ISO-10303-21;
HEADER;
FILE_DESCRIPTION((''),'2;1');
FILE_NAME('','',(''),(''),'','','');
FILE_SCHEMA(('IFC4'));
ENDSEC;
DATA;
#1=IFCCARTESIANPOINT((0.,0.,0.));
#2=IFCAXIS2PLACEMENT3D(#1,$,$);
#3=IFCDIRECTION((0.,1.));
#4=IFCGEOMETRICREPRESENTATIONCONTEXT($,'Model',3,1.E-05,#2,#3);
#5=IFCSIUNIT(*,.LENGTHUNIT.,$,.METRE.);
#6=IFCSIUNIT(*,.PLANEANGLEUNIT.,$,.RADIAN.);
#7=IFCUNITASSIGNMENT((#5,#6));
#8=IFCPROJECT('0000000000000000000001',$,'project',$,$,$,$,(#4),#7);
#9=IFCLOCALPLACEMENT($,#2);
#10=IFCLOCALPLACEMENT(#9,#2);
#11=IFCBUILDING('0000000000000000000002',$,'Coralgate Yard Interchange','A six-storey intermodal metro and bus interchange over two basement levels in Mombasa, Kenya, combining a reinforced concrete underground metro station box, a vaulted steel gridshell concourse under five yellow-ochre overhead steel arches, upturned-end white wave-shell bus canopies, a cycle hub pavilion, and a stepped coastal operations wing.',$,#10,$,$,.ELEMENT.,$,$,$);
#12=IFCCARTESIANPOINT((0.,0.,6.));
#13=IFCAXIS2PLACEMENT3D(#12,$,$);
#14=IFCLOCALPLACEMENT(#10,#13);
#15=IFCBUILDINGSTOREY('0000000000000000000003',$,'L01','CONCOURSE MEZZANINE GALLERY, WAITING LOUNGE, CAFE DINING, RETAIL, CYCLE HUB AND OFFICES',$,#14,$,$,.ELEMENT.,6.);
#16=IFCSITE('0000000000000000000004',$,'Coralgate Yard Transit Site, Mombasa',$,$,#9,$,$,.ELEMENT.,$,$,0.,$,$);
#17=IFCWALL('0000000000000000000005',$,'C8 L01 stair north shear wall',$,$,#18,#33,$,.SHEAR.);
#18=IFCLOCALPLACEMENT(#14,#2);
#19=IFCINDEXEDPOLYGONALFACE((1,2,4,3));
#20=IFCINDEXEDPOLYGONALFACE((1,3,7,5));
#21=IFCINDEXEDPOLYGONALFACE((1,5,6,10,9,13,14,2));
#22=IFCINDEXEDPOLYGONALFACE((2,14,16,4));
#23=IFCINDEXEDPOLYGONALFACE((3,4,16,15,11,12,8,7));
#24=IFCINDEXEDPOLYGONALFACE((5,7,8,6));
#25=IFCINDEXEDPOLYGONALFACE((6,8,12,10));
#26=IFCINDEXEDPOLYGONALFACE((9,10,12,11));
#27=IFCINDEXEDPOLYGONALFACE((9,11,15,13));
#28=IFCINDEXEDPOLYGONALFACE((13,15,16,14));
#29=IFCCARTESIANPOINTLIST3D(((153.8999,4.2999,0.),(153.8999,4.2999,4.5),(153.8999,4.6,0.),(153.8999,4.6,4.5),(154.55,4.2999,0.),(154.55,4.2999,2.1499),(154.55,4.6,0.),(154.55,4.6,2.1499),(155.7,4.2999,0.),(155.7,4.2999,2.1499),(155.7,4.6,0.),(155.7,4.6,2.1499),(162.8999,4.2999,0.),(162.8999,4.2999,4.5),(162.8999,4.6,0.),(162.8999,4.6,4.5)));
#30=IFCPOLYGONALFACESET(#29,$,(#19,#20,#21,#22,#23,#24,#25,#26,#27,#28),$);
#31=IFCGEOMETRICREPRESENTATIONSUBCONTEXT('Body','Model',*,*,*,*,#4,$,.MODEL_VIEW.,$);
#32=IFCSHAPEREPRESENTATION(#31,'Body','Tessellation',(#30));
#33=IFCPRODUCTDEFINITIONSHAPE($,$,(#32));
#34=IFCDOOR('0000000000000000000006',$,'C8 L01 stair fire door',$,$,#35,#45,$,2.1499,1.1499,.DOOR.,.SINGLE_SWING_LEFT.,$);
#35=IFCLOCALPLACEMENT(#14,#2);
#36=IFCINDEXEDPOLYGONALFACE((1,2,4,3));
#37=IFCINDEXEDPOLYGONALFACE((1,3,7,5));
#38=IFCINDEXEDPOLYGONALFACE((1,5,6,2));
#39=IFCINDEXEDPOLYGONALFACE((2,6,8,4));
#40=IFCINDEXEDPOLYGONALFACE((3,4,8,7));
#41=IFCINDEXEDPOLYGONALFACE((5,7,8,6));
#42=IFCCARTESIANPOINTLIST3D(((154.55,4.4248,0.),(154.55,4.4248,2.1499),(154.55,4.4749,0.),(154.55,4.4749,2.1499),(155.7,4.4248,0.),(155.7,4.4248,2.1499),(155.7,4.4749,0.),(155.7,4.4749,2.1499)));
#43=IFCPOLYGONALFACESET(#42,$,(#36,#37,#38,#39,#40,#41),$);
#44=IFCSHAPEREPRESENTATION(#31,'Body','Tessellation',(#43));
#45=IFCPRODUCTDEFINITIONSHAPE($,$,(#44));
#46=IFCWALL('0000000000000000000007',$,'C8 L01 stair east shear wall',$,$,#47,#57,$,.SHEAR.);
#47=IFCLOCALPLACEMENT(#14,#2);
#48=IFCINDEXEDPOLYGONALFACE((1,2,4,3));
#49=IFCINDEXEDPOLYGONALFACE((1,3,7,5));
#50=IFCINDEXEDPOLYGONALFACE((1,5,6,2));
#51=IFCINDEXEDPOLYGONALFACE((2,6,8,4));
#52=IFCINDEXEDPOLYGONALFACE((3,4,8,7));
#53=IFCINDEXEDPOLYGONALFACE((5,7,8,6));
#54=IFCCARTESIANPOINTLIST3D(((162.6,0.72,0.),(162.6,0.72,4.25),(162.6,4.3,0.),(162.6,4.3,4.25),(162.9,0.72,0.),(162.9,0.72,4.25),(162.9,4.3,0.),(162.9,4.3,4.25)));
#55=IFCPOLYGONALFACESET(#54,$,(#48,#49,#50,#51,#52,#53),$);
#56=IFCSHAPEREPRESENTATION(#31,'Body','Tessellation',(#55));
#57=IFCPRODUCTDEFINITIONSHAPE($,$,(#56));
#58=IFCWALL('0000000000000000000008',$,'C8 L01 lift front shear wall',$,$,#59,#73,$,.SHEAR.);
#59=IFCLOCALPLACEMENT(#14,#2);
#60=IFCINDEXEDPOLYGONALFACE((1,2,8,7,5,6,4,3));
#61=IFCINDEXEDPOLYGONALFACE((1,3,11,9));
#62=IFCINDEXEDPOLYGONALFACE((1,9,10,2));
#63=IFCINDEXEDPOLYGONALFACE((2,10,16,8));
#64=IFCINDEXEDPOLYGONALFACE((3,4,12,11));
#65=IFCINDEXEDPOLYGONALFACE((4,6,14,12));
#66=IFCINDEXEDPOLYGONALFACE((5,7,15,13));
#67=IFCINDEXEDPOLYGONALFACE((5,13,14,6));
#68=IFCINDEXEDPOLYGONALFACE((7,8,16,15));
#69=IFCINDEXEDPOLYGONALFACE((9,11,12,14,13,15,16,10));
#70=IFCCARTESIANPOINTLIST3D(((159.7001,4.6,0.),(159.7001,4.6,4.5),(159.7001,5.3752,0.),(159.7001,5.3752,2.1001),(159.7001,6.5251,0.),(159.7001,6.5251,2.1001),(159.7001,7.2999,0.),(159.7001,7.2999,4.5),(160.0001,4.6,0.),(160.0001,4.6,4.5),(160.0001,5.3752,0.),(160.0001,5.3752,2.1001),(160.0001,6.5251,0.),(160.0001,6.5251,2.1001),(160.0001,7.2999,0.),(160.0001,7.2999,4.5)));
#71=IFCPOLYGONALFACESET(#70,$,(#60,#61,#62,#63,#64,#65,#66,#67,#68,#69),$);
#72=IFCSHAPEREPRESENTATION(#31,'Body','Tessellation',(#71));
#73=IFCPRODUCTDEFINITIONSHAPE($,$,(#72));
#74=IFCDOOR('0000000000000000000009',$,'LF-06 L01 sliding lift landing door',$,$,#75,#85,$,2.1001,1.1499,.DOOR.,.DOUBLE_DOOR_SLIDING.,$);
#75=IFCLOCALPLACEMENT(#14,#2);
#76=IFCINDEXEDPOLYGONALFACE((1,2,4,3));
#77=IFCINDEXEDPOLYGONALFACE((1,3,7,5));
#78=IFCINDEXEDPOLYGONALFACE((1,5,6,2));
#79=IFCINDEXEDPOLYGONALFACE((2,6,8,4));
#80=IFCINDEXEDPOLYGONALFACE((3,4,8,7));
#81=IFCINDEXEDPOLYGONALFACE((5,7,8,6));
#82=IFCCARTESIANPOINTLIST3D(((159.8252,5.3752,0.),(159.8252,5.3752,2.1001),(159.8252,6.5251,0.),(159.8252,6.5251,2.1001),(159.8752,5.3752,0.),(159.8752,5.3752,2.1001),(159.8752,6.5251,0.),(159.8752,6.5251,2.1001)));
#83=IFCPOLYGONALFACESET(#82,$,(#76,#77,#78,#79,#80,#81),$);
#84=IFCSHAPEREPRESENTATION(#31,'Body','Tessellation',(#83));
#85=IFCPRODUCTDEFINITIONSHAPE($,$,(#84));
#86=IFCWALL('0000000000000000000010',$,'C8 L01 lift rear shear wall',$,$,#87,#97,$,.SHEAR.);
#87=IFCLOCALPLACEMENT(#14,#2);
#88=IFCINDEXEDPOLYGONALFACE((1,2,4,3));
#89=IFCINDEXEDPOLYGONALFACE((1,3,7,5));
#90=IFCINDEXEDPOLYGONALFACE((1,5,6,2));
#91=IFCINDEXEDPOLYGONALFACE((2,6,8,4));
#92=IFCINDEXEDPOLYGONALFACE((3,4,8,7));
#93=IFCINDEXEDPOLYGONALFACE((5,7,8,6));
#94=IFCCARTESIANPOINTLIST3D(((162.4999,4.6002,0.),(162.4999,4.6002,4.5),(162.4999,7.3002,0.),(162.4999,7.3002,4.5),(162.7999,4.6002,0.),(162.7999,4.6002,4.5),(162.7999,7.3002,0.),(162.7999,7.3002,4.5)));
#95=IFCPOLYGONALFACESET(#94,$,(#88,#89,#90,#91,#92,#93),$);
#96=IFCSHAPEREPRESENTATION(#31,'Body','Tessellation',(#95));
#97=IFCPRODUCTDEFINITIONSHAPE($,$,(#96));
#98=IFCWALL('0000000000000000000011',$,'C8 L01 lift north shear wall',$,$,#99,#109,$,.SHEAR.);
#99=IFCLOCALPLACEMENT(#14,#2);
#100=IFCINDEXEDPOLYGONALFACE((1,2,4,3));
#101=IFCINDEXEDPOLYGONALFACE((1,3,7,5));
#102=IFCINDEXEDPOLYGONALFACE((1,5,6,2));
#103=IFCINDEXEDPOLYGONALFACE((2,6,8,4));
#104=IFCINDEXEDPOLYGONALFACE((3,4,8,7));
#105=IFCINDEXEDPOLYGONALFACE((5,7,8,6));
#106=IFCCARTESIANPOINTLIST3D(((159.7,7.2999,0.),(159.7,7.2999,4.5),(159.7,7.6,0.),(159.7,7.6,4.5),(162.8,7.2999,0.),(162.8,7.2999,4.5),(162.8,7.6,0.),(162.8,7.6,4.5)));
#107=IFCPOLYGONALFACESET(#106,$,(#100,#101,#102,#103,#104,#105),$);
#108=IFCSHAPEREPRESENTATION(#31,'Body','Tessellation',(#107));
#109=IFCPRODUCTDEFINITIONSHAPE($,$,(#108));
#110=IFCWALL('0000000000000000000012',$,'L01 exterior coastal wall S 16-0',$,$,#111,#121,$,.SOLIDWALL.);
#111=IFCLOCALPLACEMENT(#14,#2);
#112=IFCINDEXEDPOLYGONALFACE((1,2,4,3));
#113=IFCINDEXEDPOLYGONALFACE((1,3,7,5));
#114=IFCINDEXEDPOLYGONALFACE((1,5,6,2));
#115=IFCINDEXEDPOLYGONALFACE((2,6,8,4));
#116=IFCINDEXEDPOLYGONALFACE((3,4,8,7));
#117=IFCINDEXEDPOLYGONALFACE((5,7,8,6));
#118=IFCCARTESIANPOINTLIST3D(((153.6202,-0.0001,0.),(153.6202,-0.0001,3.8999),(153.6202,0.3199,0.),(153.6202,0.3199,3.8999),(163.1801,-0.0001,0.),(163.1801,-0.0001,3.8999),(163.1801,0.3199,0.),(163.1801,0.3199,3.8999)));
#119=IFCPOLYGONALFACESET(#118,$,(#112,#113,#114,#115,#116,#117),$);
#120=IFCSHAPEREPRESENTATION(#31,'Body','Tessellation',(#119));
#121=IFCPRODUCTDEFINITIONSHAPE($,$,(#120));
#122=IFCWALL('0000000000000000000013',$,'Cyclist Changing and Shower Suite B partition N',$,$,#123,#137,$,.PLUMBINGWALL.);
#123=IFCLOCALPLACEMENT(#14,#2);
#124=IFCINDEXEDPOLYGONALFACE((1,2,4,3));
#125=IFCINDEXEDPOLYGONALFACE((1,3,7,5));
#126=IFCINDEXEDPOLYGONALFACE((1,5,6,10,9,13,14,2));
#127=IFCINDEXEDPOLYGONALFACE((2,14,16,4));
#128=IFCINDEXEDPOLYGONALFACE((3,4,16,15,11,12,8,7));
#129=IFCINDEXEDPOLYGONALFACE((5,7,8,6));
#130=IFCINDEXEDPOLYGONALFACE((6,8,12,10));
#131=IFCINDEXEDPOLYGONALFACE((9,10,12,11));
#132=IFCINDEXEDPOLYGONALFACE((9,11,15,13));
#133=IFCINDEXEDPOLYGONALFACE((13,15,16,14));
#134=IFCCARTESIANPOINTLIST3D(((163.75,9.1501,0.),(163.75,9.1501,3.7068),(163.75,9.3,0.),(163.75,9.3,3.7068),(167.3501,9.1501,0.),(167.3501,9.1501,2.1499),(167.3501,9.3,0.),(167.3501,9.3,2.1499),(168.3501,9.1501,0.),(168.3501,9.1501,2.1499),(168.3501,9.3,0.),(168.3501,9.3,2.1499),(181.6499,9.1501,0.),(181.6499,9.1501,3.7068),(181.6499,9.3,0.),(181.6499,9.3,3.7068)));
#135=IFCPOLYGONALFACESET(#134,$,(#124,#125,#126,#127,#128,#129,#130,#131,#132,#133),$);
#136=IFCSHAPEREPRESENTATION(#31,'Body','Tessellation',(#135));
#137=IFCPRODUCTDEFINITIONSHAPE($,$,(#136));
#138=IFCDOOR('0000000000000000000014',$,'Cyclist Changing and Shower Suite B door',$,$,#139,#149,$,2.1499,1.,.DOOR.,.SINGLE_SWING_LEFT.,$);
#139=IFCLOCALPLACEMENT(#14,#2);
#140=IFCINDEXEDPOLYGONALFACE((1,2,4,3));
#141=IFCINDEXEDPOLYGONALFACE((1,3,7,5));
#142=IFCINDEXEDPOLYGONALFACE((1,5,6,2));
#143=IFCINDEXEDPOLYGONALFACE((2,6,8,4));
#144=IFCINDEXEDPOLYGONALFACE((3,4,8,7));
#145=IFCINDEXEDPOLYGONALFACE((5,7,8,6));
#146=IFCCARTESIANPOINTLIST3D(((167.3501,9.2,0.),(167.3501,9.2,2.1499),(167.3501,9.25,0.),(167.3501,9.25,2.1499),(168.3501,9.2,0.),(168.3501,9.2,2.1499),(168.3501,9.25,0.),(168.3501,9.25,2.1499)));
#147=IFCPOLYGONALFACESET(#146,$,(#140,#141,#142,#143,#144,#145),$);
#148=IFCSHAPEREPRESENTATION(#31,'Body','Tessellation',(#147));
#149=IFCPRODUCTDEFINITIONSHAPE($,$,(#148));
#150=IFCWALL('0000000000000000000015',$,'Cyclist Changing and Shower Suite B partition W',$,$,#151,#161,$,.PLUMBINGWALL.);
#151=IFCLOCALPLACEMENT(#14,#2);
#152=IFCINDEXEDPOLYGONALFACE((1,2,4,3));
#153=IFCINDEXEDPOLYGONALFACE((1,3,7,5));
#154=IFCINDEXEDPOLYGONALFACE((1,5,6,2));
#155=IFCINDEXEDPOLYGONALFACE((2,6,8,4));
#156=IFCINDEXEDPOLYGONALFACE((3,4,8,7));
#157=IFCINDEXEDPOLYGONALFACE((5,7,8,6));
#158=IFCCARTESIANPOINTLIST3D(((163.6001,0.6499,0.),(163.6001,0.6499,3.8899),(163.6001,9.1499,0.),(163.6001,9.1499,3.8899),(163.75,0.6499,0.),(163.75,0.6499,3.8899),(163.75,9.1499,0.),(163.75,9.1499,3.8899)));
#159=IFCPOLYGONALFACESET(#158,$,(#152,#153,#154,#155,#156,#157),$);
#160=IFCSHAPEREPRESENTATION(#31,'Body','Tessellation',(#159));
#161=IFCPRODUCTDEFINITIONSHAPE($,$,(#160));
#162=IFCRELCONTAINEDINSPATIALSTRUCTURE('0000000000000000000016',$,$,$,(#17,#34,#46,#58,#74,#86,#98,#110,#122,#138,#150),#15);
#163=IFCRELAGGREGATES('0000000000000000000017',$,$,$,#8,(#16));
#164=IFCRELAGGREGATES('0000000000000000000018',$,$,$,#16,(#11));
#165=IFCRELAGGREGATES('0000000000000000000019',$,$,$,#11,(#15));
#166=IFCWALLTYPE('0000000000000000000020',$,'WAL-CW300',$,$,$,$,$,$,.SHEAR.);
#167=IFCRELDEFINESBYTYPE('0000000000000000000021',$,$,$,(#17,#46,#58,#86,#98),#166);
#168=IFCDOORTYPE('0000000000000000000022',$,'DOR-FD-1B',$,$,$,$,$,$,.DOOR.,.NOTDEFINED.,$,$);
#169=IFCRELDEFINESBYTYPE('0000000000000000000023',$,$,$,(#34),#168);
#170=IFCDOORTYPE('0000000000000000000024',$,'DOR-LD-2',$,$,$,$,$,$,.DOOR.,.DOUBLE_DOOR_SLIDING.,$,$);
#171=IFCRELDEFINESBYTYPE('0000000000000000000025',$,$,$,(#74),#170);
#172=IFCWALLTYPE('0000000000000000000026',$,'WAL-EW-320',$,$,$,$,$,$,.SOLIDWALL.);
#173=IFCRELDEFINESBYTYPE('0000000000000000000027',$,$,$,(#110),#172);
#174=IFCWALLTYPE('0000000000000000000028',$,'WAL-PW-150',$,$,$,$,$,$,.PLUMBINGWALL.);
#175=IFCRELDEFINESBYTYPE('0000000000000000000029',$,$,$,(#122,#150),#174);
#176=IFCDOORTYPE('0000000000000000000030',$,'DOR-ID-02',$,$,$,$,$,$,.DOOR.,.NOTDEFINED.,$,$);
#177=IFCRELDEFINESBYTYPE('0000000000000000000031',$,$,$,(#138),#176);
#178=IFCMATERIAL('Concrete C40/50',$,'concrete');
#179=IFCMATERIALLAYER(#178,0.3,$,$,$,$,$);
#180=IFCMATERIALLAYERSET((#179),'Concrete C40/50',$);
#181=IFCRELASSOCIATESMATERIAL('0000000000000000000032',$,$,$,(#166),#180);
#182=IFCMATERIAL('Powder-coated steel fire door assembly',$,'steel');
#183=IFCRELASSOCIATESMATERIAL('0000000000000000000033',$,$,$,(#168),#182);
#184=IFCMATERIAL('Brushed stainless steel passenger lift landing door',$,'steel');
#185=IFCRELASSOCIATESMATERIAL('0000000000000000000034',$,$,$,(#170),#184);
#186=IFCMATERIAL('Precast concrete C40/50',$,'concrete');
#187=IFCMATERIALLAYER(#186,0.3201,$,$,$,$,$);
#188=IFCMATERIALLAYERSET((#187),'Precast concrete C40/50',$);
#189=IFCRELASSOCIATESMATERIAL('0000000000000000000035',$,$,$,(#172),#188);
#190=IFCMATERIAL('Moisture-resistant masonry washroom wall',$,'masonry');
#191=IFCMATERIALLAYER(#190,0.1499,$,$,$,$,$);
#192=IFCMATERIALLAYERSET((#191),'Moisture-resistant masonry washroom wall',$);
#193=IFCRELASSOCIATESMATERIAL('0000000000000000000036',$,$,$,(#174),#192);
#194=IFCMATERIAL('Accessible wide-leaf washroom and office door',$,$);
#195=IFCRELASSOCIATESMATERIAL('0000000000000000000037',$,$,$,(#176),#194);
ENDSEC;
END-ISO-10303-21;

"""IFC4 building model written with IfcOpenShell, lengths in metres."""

from ifc_helpers import new_model, si_unit, direction, frame, frame_2d, origin, place, context, subcontext, project, spatial, rectangle, extrude, material, layer, layer_set, type_object, element, fill, save


model = new_model("IFC4")

# Units and contexts
model_context = context("Model", 3, precision=1e-05, world=origin(), true_north=direction((0.0, 1.0)))
body_context = subcontext(model_context, "Body", "Model", "MODEL_VIEW")
ifc_project = project(units=[si_unit("LENGTHUNIT", "METRE"), si_unit("PLANEANGLEUNIT", "RADIAN")], contexts=[model_context])

# Site, building, storey
site_placement = place(None, origin())
site = spatial("IfcSite", under=ifc_project, at=site_placement, Name="Coralgate Yard Transit Site, Mombasa", CompositionType="ELEMENT", RefElevation=0.0)
building_placement = place(site_placement, origin())
building = spatial("IfcBuilding", under=site, at=building_placement, Name="Coralgate Yard Interchange", Description="A six-storey intermodal metro and bus interchange over two basement levels in Mombasa, Kenya, combining a reinforced concrete underground metro station box, a vaulted steel gridshell concourse under five yellow-ochre overhead steel arches, upturned-end white wave-shell bus canopies, a cycle hub pavilion, and a stepped coastal operations wing.", CompositionType="ELEMENT")
storey_placement = place(building_placement, frame((0.0, 0.0, 6.0)))
storey = spatial("IfcBuildingStorey", under=building, at=storey_placement, Name="L01", Description="CONCOURSE MEZZANINE GALLERY, WAITING LOUNGE, CAFE DINING, RETAIL, CYCLE HUB AND OFFICES", CompositionType="ELEMENT", Elevation=6.0)

# Wall, opening, door
ifc_material_1 = material(Name="Concrete C40/50", Category="concrete")
ifc_layer_1 = layer(ifc_material_1, 0.3)
ifc_layer_set_1 = layer_set([ifc_layer_1], Name="Concrete C40/50")
wall_type_1 = type_object("IfcWallType", Name="WAL-CW300", PredefinedType="SHEAR", material=ifc_layer_set_1)
wall_1_placement = place(storey_placement, frame((162.8999, 4.45, 0.0), z_axis=(0.0, 0.0, 1.0), x_axis=(-1.0, 0.0, 0.0)))
wall_1 = element("IfcWall", 1, at=wall_1_placement, inside=storey, type_object=wall_type_1, Name="C8 L01 stair north shear wall", PredefinedType="SHEAR", context=body_context, shape_type="SweptSolid", body=[
    extrude(rectangle(XDim=9.0, YDim=0.3, at=frame_2d((4.5, 0.0))), origin(), (0.0, 0.0, 1.0), 4.5),
])
opening_1_placement = place(wall_1_placement, frame((7.2, 0.0, 0.0)))
opening_1 = element("IfcOpeningElement", 2, at=opening_1_placement, cuts=wall_1, PredefinedType="OPENING", context=body_context, shape_type="SweptSolid", body=[
    extrude(rectangle(XDim=1.1499, YDim=2.1499, at=frame_2d((0.575, 1.075))), frame((0.0, 0.1599, 0.0), z_axis=(0.0, -1.0, 0.0), x_axis=(1.0, 0.0, 0.0)), (0.0, 0.0, 1.0), 0.3201),
])
ifc_material_2 = material(Name="Powder-coated steel fire door assembly", Category="steel")
door_type_1 = type_object("IfcDoorType", Name="DOR-FD-1B", OperationType="NOTDEFINED", PredefinedType="DOOR", material=ifc_material_2)
door_1_placement = place(opening_1_placement, frame((1.1499, 0.0, 0.0), z_axis=(0.0, 0.0, 1.0), x_axis=(-1.0, 0.0, 0.0)))
door_1 = element("IfcDoor", 3, at=door_1_placement, inside=storey, type_object=door_type_1, Name="C8 L01 stair fire door", OperationType="SINGLE_SWING_LEFT", OverallHeight=2.1499, OverallWidth=1.1499, PredefinedType="DOOR", context=body_context, shape_type="SweptSolid", body=[
    extrude(rectangle(XDim=1.1499, YDim=2.1499, at=frame_2d((0.575, 1.075))), frame((0.0, 0.0249, 0.0), z_axis=(0.0, -1.0, 0.0), x_axis=(1.0, 0.0, 0.0)), (0.0, 0.0, 1.0), 0.05),
])
fill(opening_1, door_1)

# Wall
wall_2_placement = place(storey_placement, frame((162.75, 4.3, 0.0), z_axis=(0.0, 0.0, 1.0), x_axis=(0.0, -1.0, 0.0)))
element("IfcWall", 4, at=wall_2_placement, inside=storey, type_object=wall_type_1, Name="C8 L01 stair east shear wall", PredefinedType="SHEAR", context=body_context, shape_type="SweptSolid", body=[
    extrude(rectangle(XDim=3.5801, YDim=0.3, at=frame_2d((1.79, 0.0))), origin(), (0.0, 0.0, 1.0), 4.25),
])

# Wall, opening, door
wall_3_placement = place(storey_placement, frame((159.8501, 7.3, 0.0), z_axis=(0.0, 0.0, 1.0), x_axis=(0.0, -1.0, 0.0)))
wall_3 = element("IfcWall", 5, at=wall_3_placement, inside=storey, type_object=wall_type_1, Name="C8 L01 lift front shear wall", PredefinedType="SHEAR", context=body_context, shape_type="SweptSolid", body=[
    extrude(rectangle(XDim=2.7, YDim=0.3, at=frame_2d((1.3501, 0.0))), origin(), (0.0, 0.0, 1.0), 4.5),
])
opening_2_placement = place(wall_3_placement, frame((0.7749, 0.0, 0.0)))
opening_2 = element("IfcOpeningElement", 6, at=opening_2_placement, cuts=wall_3, PredefinedType="OPENING", context=body_context, shape_type="SweptSolid", body=[
    extrude(rectangle(XDim=1.1499, YDim=2.1001, at=frame_2d((0.575, 1.05))), frame((0.0, 0.1599, 0.0), z_axis=(0.0, -1.0, 0.0), x_axis=(1.0, 0.0, 0.0)), (0.0, 0.0, 1.0), 0.3201),
])
ifc_material_3 = material(Name="Brushed stainless steel passenger lift landing door", Category="steel")
door_type_2 = type_object("IfcDoorType", Name="DOR-LD-2", OperationType="DOUBLE_DOOR_SLIDING", PredefinedType="DOOR", material=ifc_material_3)
door_2_placement = place(opening_2_placement, frame((1.1499, 0.0, 0.0), z_axis=(0.0, 0.0, 1.0), x_axis=(-1.0, 0.0, 0.0)))
door_2 = element("IfcDoor", 7, at=door_2_placement, inside=storey, type_object=door_type_2, Name="LF-06 L01 sliding lift landing door", OperationType="DOUBLE_DOOR_SLIDING", OverallHeight=2.1001, OverallWidth=1.1499, PredefinedType="DOOR", context=body_context, shape_type="SweptSolid", body=[
    extrude(rectangle(XDim=1.1499, YDim=2.1001, at=frame_2d((0.575, 1.05))), frame((0.0, 0.0249, 0.0), z_axis=(0.0, -1.0, 0.0), x_axis=(1.0, 0.0, 0.0)), (0.0, 0.0, 1.0), 0.05),
])
fill(opening_2, door_2)

# Walls
wall_4_placement = place(storey_placement, frame((162.6499, 4.6001, 0.0), z_axis=(0.0, 0.0, 1.0), x_axis=(0.0, 1.0, 0.0)))
element("IfcWall", 8, at=wall_4_placement, inside=storey, type_object=wall_type_1, Name="C8 L01 lift rear shear wall", PredefinedType="SHEAR", context=body_context, shape_type="SweptSolid", body=[
    extrude(rectangle(XDim=2.7, YDim=0.3, at=frame_2d((1.3501, 0.0))), origin(), (0.0, 0.0, 1.0), 4.5),
])
wall_5_placement = place(storey_placement, frame((159.7, 7.45, 0.0), z_axis=(0.0, 0.0, 1.0), x_axis=(1.0, 0.0, 0.0)))
element("IfcWall", 9, at=wall_5_placement, inside=storey, type_object=wall_type_1, Name="C8 L01 lift north shear wall", PredefinedType="SHEAR", context=body_context, shape_type="SweptSolid", body=[
    extrude(rectangle(XDim=3.1001, YDim=0.3, at=frame_2d((1.55, 0.0))), origin(), (0.0, 0.0, 1.0), 4.5),
])
ifc_material_4 = material(Name="Precast concrete C40/50", Category="concrete")
ifc_layer_2 = layer(ifc_material_4, 0.3201)
ifc_layer_set_2 = layer_set([ifc_layer_2], Name="Precast concrete C40/50")
wall_type_2 = type_object("IfcWallType", Name="WAL-EW-320", PredefinedType="SOLIDWALL", material=ifc_layer_set_2)
wall_6_placement = place(storey_placement, frame((163.1799, 0.1599, 0.0), z_axis=(0.0, 0.0, 1.0), x_axis=(-1.0, 0.0, 0.0)))
element("IfcWall", 10, at=wall_6_placement, inside=storey, type_object=wall_type_2, Name="L01 exterior coastal wall S 16-0", PredefinedType="SOLIDWALL", context=body_context, shape_type="SweptSolid", body=[
    extrude(rectangle(XDim=9.5598, YDim=0.3201, at=frame_2d((4.7798, 0.0))), origin(), (0.0, 0.0, 1.0), 3.8999),
])

# Wall, opening, door
ifc_material_5 = material(Name="Moisture-resistant masonry washroom wall", Category="masonry")
ifc_layer_3 = layer(ifc_material_5, 0.1499)
ifc_layer_set_3 = layer_set([ifc_layer_3], Name="Moisture-resistant masonry washroom wall")
wall_type_3 = type_object("IfcWallType", Name="WAL-PW-150", PredefinedType="PLUMBINGWALL", material=ifc_layer_set_3)
wall_7_placement = place(storey_placement, frame((163.75, 9.2251, 0.0), z_axis=(0.0, 0.0, 1.0), x_axis=(1.0, 0.0, 0.0)))
wall_7 = element("IfcWall", 11, at=wall_7_placement, inside=storey, type_object=wall_type_3, Name="Cyclist Changing and Shower Suite B partition N", PredefinedType="PLUMBINGWALL", context=body_context, shape_type="SweptSolid", body=[
    extrude(rectangle(XDim=17.8999, YDim=0.1499, at=frame_2d((8.95, 0.0))), origin(), (0.0, 0.0, 1.0), 3.7068),
])
opening_3_placement = place(wall_7_placement, frame((3.6001, 0.0, 0.0)))
opening_3 = element("IfcOpeningElement", 12, at=opening_3_placement, cuts=wall_7, PredefinedType="OPENING", context=body_context, shape_type="SweptSolid", body=[
    extrude(rectangle(XDim=1.0, YDim=2.1499, at=frame_2d((0.5, 1.075))), frame((0.0, 0.085, 0.0), z_axis=(0.0, -1.0, 0.0), x_axis=(1.0, 0.0, 0.0)), (0.0, 0.0, 1.0), 0.1699),
])
ifc_material_6 = material(Name="Accessible wide-leaf washroom and office door")
door_type_3 = type_object("IfcDoorType", Name="DOR-ID-02", OperationType="NOTDEFINED", PredefinedType="DOOR", material=ifc_material_6)
door_3_placement = place(opening_3_placement, origin())
door_3 = element("IfcDoor", 13, at=door_3_placement, inside=storey, type_object=door_type_3, Name="Cyclist Changing and Shower Suite B door", OperationType="SINGLE_SWING_LEFT", OverallHeight=2.1499, OverallWidth=1.0, PredefinedType="DOOR", context=body_context, shape_type="SweptSolid", body=[
    extrude(rectangle(XDim=1.0, YDim=2.1499, at=frame_2d((0.5, 1.075))), frame((0.0, 0.0249, 0.0), z_axis=(0.0, -1.0, 0.0), x_axis=(1.0, 0.0, 0.0)), (0.0, 0.0, 1.0), 0.05),
])
fill(opening_3, door_3)

# Wall
wall_8_placement = place(storey_placement, frame((163.675, 0.6499, 0.0), z_axis=(0.0, 0.0, 1.0), x_axis=(0.0, 1.0, 0.0)))
element("IfcWall", 14, at=wall_8_placement, inside=storey, type_object=wall_type_3, Name="Cyclist Changing and Shower Suite B partition W", PredefinedType="PLUMBINGWALL", context=body_context, shape_type="SweptSolid", body=[
    extrude(rectangle(XDim=8.5, YDim=0.1499, at=frame_2d((4.25, 0.0))), origin(), (0.0, 0.0, 1.0), 3.8899),
])

save(model, "model.ifc")
